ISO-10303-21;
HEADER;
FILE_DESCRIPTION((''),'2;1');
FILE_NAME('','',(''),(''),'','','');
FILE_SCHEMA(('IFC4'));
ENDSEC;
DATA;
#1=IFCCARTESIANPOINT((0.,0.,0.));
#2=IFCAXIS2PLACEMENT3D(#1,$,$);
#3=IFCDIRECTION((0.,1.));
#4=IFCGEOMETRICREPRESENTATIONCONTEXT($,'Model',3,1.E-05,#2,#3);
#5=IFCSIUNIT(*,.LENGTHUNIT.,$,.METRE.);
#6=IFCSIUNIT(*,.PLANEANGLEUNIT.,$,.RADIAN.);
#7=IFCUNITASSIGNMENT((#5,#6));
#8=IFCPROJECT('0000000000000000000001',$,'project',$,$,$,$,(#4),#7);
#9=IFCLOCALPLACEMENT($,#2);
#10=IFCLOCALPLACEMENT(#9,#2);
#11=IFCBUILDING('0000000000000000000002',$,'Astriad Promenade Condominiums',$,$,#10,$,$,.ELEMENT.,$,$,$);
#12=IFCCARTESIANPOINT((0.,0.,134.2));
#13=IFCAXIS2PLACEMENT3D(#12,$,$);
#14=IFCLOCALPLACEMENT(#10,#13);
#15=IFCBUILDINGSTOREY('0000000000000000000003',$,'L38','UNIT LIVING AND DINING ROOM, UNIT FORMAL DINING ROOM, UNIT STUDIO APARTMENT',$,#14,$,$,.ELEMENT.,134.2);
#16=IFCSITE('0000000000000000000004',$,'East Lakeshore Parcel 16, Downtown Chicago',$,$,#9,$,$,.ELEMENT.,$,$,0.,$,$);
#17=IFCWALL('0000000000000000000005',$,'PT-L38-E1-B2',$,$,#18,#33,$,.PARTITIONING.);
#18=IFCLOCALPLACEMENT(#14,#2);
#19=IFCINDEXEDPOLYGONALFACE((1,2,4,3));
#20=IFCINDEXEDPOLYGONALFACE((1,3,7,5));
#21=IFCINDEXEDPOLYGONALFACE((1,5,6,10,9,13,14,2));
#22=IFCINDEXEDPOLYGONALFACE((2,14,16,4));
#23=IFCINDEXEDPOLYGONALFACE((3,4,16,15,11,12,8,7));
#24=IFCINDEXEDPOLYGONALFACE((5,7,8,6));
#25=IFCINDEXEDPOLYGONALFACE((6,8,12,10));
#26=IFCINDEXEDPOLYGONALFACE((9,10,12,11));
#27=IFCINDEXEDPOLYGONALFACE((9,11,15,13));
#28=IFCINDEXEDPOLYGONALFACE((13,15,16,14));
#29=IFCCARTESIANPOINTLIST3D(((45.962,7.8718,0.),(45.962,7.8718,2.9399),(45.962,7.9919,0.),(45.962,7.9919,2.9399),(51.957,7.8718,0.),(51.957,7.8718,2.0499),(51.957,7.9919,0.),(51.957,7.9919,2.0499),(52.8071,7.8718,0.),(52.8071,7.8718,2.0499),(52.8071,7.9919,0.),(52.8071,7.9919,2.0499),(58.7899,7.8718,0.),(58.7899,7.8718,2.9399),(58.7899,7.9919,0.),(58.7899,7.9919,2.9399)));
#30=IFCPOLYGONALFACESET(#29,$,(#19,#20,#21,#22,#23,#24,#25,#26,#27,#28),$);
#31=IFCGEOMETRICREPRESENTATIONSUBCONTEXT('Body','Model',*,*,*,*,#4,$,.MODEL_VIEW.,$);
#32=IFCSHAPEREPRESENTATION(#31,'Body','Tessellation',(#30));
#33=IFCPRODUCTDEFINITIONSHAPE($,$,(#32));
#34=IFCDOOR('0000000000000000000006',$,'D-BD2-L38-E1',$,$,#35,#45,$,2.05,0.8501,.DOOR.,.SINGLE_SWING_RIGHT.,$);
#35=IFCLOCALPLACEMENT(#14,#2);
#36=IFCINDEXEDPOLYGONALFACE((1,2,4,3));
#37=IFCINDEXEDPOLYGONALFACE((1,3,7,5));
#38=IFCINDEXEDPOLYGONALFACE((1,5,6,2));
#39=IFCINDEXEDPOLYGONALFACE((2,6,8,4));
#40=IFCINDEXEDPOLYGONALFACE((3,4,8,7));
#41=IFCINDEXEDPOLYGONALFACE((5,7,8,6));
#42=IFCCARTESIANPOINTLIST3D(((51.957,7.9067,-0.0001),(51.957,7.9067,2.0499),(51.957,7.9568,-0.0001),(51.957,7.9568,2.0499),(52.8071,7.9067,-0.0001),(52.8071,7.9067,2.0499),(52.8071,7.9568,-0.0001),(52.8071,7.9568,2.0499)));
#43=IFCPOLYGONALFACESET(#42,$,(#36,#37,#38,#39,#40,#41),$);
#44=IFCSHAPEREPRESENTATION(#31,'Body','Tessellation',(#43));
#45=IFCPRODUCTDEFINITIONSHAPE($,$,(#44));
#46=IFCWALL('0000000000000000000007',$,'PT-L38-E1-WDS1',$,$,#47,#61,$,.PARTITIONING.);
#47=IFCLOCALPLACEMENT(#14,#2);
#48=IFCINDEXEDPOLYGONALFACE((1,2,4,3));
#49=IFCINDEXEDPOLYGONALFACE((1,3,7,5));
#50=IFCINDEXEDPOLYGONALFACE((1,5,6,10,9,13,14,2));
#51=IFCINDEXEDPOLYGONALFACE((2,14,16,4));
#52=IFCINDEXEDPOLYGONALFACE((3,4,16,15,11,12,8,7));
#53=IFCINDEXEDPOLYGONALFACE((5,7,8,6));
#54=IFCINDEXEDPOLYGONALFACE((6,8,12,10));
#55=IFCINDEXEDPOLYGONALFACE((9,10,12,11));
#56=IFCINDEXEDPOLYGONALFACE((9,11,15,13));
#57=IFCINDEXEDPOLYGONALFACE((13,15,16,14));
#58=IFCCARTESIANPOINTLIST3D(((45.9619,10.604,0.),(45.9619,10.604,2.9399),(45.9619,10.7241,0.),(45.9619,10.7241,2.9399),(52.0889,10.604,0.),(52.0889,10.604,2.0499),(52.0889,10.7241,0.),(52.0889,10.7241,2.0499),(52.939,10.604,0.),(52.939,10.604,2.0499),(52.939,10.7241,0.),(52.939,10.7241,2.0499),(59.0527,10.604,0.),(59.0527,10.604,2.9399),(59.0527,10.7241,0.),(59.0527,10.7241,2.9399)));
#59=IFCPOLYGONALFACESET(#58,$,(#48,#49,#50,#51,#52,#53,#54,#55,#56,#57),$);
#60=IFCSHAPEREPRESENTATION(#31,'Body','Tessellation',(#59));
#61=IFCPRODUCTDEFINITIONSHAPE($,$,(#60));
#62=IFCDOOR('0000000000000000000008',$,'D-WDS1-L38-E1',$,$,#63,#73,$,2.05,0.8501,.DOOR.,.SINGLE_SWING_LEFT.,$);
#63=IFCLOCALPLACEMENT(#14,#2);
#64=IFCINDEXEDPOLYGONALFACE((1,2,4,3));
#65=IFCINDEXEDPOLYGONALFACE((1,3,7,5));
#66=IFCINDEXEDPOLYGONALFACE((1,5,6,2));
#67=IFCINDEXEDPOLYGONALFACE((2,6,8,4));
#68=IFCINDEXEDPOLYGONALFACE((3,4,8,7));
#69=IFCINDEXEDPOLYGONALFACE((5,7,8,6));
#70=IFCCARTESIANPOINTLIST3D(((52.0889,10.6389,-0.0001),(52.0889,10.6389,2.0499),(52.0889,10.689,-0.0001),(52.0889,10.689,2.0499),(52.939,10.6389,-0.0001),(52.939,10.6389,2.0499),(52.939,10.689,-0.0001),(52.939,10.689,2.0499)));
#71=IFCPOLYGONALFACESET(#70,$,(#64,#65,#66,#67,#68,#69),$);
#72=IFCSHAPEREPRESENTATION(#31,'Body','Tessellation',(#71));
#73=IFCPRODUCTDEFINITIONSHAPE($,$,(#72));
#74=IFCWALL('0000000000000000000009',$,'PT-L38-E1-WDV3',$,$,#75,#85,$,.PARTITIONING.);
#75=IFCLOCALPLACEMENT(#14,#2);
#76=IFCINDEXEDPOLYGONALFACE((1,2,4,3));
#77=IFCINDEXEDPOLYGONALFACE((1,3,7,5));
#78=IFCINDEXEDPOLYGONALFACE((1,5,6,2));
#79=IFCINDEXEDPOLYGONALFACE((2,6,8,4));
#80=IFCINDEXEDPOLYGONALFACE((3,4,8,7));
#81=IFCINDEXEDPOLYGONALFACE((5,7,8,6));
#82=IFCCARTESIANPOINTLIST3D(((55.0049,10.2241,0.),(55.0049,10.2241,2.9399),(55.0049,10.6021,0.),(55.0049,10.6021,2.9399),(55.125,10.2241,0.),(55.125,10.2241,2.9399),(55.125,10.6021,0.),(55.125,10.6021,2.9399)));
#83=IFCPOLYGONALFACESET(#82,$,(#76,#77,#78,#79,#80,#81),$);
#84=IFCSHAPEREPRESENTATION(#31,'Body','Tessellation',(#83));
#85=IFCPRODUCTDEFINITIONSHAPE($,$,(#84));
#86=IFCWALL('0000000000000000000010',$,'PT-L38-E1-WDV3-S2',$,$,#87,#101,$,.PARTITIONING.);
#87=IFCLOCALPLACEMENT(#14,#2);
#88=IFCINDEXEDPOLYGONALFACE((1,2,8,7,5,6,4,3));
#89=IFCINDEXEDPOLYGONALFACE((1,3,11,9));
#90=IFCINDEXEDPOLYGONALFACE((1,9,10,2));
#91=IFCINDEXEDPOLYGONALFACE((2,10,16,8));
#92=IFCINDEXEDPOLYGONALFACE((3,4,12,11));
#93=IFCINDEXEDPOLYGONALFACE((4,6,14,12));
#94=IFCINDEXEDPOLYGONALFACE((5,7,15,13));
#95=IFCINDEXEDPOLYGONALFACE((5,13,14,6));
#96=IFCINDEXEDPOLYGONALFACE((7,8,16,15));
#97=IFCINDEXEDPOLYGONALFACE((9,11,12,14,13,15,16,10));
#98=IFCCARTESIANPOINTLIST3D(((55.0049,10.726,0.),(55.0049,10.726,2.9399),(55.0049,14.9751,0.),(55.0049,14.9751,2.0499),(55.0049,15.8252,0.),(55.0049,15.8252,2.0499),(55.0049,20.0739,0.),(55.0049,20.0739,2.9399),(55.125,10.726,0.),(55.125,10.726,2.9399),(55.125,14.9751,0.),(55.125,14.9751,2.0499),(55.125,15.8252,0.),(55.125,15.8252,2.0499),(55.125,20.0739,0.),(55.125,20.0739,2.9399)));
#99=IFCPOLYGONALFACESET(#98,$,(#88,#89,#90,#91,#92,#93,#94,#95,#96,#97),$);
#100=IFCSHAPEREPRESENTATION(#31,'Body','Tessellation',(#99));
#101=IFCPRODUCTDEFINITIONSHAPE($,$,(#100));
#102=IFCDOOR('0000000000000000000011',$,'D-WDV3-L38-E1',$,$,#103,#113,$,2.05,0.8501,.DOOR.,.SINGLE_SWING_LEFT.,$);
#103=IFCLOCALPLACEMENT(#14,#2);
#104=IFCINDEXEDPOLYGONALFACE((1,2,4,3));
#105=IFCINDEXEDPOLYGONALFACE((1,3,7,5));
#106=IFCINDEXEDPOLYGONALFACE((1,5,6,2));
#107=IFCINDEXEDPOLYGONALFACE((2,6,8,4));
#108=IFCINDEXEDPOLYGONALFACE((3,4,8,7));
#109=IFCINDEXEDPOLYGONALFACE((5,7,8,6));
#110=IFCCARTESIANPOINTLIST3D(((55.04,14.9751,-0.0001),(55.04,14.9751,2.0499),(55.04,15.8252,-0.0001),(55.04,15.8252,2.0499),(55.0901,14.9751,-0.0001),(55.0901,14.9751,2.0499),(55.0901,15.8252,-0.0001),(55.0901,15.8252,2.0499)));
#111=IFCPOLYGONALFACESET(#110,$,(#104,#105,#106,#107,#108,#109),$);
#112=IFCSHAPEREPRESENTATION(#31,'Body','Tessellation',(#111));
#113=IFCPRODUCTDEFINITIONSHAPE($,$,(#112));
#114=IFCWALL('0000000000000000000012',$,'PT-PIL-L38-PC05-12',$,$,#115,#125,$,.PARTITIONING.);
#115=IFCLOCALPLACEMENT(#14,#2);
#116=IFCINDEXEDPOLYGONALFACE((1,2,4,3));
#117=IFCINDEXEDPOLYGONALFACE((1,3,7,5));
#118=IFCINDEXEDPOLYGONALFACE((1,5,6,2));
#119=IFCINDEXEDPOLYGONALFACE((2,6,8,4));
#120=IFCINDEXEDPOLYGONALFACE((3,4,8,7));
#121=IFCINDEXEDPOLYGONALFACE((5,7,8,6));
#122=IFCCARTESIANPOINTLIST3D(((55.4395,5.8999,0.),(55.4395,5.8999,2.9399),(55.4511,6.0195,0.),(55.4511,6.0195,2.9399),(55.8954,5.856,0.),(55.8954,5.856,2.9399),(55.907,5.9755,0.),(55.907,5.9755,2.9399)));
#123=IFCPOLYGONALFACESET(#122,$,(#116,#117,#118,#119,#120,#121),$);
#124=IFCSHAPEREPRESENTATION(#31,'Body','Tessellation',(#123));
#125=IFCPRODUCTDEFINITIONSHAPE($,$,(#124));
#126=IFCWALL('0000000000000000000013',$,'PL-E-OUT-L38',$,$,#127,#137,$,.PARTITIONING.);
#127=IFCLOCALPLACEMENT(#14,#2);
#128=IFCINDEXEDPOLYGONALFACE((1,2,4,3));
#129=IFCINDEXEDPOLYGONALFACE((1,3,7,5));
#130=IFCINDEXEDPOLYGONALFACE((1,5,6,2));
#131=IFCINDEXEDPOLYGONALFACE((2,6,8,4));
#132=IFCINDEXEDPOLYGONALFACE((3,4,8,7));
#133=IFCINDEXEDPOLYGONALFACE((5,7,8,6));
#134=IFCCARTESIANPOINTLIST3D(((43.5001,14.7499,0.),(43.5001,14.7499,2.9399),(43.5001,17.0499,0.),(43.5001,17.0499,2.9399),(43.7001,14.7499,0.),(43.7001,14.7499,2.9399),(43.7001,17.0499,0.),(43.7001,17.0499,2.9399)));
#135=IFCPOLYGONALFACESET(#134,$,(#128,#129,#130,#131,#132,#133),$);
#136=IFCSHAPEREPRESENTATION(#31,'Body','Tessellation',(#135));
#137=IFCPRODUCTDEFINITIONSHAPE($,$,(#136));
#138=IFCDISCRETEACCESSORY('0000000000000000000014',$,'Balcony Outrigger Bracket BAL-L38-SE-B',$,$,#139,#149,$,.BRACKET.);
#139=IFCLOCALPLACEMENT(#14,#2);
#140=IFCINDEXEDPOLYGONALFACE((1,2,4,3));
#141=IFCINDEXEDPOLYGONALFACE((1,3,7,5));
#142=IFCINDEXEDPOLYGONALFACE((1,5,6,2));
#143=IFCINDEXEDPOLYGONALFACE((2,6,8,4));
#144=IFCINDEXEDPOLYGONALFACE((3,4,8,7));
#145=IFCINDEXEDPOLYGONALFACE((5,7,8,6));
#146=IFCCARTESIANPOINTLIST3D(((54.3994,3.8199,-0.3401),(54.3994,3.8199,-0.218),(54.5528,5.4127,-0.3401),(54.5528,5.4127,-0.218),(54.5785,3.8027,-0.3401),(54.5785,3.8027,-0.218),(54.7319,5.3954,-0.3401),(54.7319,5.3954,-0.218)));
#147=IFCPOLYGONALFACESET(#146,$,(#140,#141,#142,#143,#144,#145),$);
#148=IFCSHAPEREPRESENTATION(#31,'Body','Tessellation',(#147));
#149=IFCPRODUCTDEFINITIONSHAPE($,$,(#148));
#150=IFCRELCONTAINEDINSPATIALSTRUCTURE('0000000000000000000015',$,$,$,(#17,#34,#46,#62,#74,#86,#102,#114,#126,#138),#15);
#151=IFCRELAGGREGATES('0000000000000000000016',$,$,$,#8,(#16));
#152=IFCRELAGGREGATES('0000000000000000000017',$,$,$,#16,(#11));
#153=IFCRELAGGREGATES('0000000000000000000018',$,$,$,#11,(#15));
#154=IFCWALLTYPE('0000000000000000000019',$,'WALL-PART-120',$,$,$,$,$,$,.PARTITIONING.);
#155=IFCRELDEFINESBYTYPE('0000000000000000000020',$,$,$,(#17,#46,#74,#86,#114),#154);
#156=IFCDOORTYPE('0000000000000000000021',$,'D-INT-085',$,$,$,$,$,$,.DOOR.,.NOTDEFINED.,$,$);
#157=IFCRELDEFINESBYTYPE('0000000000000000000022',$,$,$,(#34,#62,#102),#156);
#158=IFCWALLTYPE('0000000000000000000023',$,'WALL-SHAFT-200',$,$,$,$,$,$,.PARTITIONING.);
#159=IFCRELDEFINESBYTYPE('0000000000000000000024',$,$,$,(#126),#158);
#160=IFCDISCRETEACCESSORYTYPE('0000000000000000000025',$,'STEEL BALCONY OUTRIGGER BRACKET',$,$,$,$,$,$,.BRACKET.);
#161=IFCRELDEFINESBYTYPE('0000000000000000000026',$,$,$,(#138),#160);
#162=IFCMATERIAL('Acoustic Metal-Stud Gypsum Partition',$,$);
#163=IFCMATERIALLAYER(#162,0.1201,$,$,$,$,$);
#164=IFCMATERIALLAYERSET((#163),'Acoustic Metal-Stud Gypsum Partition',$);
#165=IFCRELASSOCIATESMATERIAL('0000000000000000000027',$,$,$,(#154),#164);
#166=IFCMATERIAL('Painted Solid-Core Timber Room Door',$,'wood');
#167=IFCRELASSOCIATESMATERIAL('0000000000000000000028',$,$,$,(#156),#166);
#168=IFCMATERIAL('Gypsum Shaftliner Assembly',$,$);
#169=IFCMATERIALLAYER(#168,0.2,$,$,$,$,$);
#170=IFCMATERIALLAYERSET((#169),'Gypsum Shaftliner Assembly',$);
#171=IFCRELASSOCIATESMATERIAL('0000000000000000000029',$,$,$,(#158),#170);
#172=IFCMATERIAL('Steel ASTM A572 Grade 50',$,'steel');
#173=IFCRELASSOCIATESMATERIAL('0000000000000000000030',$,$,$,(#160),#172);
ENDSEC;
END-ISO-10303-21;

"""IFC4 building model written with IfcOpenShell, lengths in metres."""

from ifc_helpers import new_model, si_unit, direction, frame, frame_2d, origin, origin_2d, place, context, subcontext, project, spatial, rectangle, extrude, source, transform, mapped, material, layer, layer_set, type_object, type_shapes, element, fill, save


model = new_model("IFC4")

# Units and contexts
model_context = context("Model", 3, precision=1e-05, world=origin(), true_north=direction((0.0, 1.0)))
body_context = subcontext(model_context, "Body", "Model", "MODEL_VIEW")
ifc_project = project(units=[si_unit("LENGTHUNIT", "METRE"), si_unit("PLANEANGLEUNIT", "RADIAN")], contexts=[model_context])

# Site, building, storey
site_placement = place(None, origin())
site = spatial("IfcSite", under=ifc_project, at=site_placement, Name="East Lakeshore Parcel 16, Downtown Chicago", CompositionType="ELEMENT", RefElevation=0.0)
building_placement = place(site_placement, origin())
building = spatial("IfcBuilding", under=site, at=building_placement, Name="Astriad Promenade Condominiums", CompositionType="ELEMENT")
storey_placement = place(building_placement, frame((0.0, 0.0, 134.2)))
storey = spatial("IfcBuildingStorey", under=building, at=storey_placement, Name="L38", Description="UNIT LIVING AND DINING ROOM, UNIT FORMAL DINING ROOM, UNIT STUDIO APARTMENT", CompositionType="ELEMENT", Elevation=134.2)

# Shared definitions
ifc_material_1 = material(Name="Acoustic Metal-Stud Gypsum Partition")
ifc_layer_1 = layer(ifc_material_1, 0.1201)
ifc_layer_set_1 = layer_set([ifc_layer_1], Name="Acoustic Metal-Stud Gypsum Partition")
wall_type_1 = type_object("IfcWallType", Name="WALL-PART-120", PredefinedType="PARTITIONING", material=ifc_layer_set_1)
ifc_material_2 = material(Name="Painted Solid-Core Timber Room Door", Category="wood")
door_type_1 = type_object("IfcDoorType", Name="D-INT-085", OperationType="NOTDEFINED", PredefinedType="DOOR", material=ifc_material_2)
shared_shape_1 = source(origin(), body_context, "Body", "SweptSolid", [
    extrude(rectangle(XDim=0.8501, YDim=2.05, at=frame_2d((0.425, 1.0249))), frame((0.0, 0.0249, 0.0), z_axis=(0.0, -1.0, 0.0), x_axis=(1.0, 0.0, 0.0)), (0.0, 0.0, 1.0), 0.05),
])
type_shapes(door_type_1, [shared_shape_1])

# Walls, openings, doors
wall_1_placement = place(storey_placement, frame((45.9619, 7.9319, 0.0), z_axis=(0.0, 0.0, 1.0), x_axis=(1.0, 0.0, 0.0)))
wall_1 = element("IfcWall", 1, at=wall_1_placement, inside=storey, type_object=wall_type_1, Name="PT-L38-E1-B2", PredefinedType="PARTITIONING", context=body_context, shape_type="SweptSolid", body=[
    extrude(rectangle(XDim=12.8279, YDim=0.1201, at=frame_2d((6.4141, 0.0))), origin(), (0.0, 0.0, 1.0), 2.9399),
])
opening_1_placement = place(wall_1_placement, frame((5.9951, 0.0, 0.0)))
opening_1 = element("IfcOpeningElement", 2, at=opening_1_placement, cuts=wall_1, PredefinedType="OPENING", context=body_context, shape_type="SweptSolid", body=[
    extrude(rectangle(XDim=0.8501, YDim=2.05, at=frame_2d((0.425, 1.0249))), frame((0.0, 0.0701, 0.0), z_axis=(0.0, -1.0, 0.0), x_axis=(1.0, 0.0, 0.0)), (0.0, 0.0, 1.0), 0.1401),
])
door_1_placement = place(opening_1_placement, origin())
door_1 = element("IfcDoor", 3, at=door_1_placement, inside=storey, type_object=door_type_1, Name="D-BD2-L38-E1", OperationType="SINGLE_SWING_RIGHT", OverallHeight=2.05, OverallWidth=0.8501, PredefinedType="DOOR", context=body_context, shape_type="MappedRepresentation", body=[
    mapped(shared_shape_1, transform((0.0, 0.0, 0.0), scale=1.0)),
])
fill(opening_1, door_1)
wall_2_placement = place(storey_placement, frame((45.9619, 10.6641, 0.0), z_axis=(0.0, 0.0, 1.0), x_axis=(1.0, 0.0, 0.0)))
wall_2 = element("IfcWall", 4, at=wall_2_placement, inside=storey, type_object=wall_type_1, Name="PT-L38-E1-WDS1", PredefinedType="PARTITIONING", context=body_context, shape_type="SweptSolid", body=[
    extrude(rectangle(XDim=13.0908, YDim=0.1201, at=frame_2d((6.5454, 0.0))), origin(), (0.0, 0.0, 1.0), 2.9399),
])
opening_2_placement = place(wall_2_placement, frame((6.127, 0.0, 0.0)))
opening_2 = element("IfcOpeningElement", 5, at=opening_2_placement, cuts=wall_2, PredefinedType="OPENING", context=body_context, shape_type="SweptSolid", body=[
    extrude(rectangle(XDim=0.8501, YDim=2.05, at=frame_2d((0.425, 1.0249))), frame((0.0, 0.0701, 0.0), z_axis=(0.0, -1.0, 0.0), x_axis=(1.0, 0.0, 0.0)), (0.0, 0.0, 1.0), 0.1401),
])
door_2_placement = place(opening_2_placement, origin())
door_2 = element("IfcDoor", 6, at=door_2_placement, inside=storey, type_object=door_type_1, Name="D-WDS1-L38-E1", OperationType="SINGLE_SWING_LEFT", OverallHeight=2.05, OverallWidth=0.8501, PredefinedType="DOOR", context=body_context, shape_type="MappedRepresentation", body=[
    mapped(shared_shape_1, transform((0.0, 0.0, 0.0), scale=1.0)),
])
fill(opening_2, door_2)

# Wall
wall_3_placement = place(storey_placement, frame((55.0649, 10.2241, 0.0), z_axis=(0.0, 0.0, 1.0), x_axis=(0.0, 1.0, 0.0)))
element("IfcWall", 7, at=wall_3_placement, inside=storey, type_object=wall_type_1, Name="PT-L38-E1-WDV3", PredefinedType="PARTITIONING", context=body_context, shape_type="SweptSolid", body=[
    extrude(rectangle(XDim=0.3779, YDim=0.1201, at=frame_2d((0.189, 0.0))), origin(), (0.0, 0.0, 1.0), 2.9399),
])

# Wall, opening, door
wall_4_placement = place(storey_placement, frame((55.0649, 10.7261, 0.0), z_axis=(0.0, 0.0, 1.0), x_axis=(0.0, 1.0, 0.0)))
wall_4 = element("IfcWall", 8, at=wall_4_placement, inside=storey, type_object=wall_type_1, Name="PT-L38-E1-WDV3-S2", PredefinedType="PARTITIONING", context=body_context, shape_type="SweptSolid", body=[
    extrude(rectangle(XDim=9.3479, YDim=0.1201, at=frame_2d((4.6738, 0.0))), origin(), (0.0, 0.0, 1.0), 2.9399),
])
opening_3_placement = place(wall_4_placement, frame((4.249, 0.0, 0.0)))
opening_3 = element("IfcOpeningElement", 9, at=opening_3_placement, cuts=wall_4, PredefinedType="OPENING", context=body_context, shape_type="SweptSolid", body=[
    extrude(rectangle(XDim=0.8501, YDim=2.05, at=frame_2d((0.425, 1.0249))), frame((0.0, 0.0701, 0.0), z_axis=(0.0, -1.0, 0.0), x_axis=(1.0, 0.0, 0.0)), (0.0, 0.0, 1.0), 0.1401),
])
door_3_placement = place(opening_3_placement, origin())
door_3 = element("IfcDoor", 10, at=door_3_placement, inside=storey, type_object=door_type_1, Name="D-WDV3-L38-E1", OperationType="SINGLE_SWING_LEFT", OverallHeight=2.05, OverallWidth=0.8501, PredefinedType="DOOR", context=body_context, shape_type="MappedRepresentation", body=[
    mapped(shared_shape_1, transform((0.0, 0.0, 0.0), scale=1.0)),
])
fill(opening_3, door_3)

# Walls
wall_5_placement = place(storey_placement, frame((55.4453, 5.9597, 0.0), z_axis=(0.0, 0.0, 1.0), x_axis=(0.995385, -0.095966, 0.0)))
element("IfcWall", 11, at=wall_5_placement, inside=storey, type_object=wall_type_1, Name="PT-PIL-L38-PC05-12", PredefinedType="PARTITIONING", context=body_context, shape_type="SweptSolid", body=[
    extrude(rectangle(XDim=0.458, YDim=0.1201, at=frame_2d((0.229, 0.0))), origin(), (0.0, 0.0, 1.0), 2.9399),
])
ifc_material_3 = material(Name="Gypsum Shaftliner Assembly")
ifc_layer_2 = layer(ifc_material_3, 0.2)
ifc_layer_set_2 = layer_set([ifc_layer_2], Name="Gypsum Shaftliner Assembly")
wall_type_2 = type_object("IfcWallType", Name="WALL-SHAFT-200", PredefinedType="PARTITIONING", material=ifc_layer_set_2)
wall_6_placement = place(storey_placement, frame((43.6001, 14.75, 0.0), z_axis=(0.0, 0.0, 1.0), x_axis=(0.0, 1.0, 0.0)))
element("IfcWall", 12, at=wall_6_placement, inside=storey, type_object=wall_type_2, Name="PL-E-OUT-L38", PredefinedType="PARTITIONING", context=body_context, shape_type="SweptSolid", body=[
    extrude(rectangle(XDim=2.3, YDim=0.2, at=frame_2d((1.1499, 0.0))), origin(), (0.0, 0.0, 1.0), 2.9399),
])

# Discrete accessory
ifc_material_4 = material(Name="Steel ASTM A572 Grade 50", Category="steel")
discrete_accessory_type = type_object("IfcDiscreteAccessoryType", Name="STEEL BALCONY OUTRIGGER BRACKET", PredefinedType="BRACKET", material=ifc_material_4)
shared_shape_2 = source(origin(), body_context, "Body", "SweptSolid", [
    extrude(rectangle(XDim=1.6001, YDim=0.1799, at=origin_2d()), origin(), (0.0, 0.0, 1.0), 0.1221),
])
type_shapes(discrete_accessory_type, [shared_shape_2])
discrete_accessory_placement = place(storey_placement, frame((54.5657, 4.6077, -0.3401), z_axis=(0.0, 0.0, 1.0), x_axis=(-0.095846, -0.995396, 0.0)))
element("IfcDiscreteAccessory", 13, at=discrete_accessory_placement, inside=storey, type_object=discrete_accessory_type, Name="Balcony Outrigger Bracket BAL-L38-SE-B", PredefinedType="BRACKET", context=body_context, shape_type="MappedRepresentation", body=[
    mapped(shared_shape_2, transform((0.0, 0.0, 0.0), scale=1.0)),
])

save(model, "model.ifc")
